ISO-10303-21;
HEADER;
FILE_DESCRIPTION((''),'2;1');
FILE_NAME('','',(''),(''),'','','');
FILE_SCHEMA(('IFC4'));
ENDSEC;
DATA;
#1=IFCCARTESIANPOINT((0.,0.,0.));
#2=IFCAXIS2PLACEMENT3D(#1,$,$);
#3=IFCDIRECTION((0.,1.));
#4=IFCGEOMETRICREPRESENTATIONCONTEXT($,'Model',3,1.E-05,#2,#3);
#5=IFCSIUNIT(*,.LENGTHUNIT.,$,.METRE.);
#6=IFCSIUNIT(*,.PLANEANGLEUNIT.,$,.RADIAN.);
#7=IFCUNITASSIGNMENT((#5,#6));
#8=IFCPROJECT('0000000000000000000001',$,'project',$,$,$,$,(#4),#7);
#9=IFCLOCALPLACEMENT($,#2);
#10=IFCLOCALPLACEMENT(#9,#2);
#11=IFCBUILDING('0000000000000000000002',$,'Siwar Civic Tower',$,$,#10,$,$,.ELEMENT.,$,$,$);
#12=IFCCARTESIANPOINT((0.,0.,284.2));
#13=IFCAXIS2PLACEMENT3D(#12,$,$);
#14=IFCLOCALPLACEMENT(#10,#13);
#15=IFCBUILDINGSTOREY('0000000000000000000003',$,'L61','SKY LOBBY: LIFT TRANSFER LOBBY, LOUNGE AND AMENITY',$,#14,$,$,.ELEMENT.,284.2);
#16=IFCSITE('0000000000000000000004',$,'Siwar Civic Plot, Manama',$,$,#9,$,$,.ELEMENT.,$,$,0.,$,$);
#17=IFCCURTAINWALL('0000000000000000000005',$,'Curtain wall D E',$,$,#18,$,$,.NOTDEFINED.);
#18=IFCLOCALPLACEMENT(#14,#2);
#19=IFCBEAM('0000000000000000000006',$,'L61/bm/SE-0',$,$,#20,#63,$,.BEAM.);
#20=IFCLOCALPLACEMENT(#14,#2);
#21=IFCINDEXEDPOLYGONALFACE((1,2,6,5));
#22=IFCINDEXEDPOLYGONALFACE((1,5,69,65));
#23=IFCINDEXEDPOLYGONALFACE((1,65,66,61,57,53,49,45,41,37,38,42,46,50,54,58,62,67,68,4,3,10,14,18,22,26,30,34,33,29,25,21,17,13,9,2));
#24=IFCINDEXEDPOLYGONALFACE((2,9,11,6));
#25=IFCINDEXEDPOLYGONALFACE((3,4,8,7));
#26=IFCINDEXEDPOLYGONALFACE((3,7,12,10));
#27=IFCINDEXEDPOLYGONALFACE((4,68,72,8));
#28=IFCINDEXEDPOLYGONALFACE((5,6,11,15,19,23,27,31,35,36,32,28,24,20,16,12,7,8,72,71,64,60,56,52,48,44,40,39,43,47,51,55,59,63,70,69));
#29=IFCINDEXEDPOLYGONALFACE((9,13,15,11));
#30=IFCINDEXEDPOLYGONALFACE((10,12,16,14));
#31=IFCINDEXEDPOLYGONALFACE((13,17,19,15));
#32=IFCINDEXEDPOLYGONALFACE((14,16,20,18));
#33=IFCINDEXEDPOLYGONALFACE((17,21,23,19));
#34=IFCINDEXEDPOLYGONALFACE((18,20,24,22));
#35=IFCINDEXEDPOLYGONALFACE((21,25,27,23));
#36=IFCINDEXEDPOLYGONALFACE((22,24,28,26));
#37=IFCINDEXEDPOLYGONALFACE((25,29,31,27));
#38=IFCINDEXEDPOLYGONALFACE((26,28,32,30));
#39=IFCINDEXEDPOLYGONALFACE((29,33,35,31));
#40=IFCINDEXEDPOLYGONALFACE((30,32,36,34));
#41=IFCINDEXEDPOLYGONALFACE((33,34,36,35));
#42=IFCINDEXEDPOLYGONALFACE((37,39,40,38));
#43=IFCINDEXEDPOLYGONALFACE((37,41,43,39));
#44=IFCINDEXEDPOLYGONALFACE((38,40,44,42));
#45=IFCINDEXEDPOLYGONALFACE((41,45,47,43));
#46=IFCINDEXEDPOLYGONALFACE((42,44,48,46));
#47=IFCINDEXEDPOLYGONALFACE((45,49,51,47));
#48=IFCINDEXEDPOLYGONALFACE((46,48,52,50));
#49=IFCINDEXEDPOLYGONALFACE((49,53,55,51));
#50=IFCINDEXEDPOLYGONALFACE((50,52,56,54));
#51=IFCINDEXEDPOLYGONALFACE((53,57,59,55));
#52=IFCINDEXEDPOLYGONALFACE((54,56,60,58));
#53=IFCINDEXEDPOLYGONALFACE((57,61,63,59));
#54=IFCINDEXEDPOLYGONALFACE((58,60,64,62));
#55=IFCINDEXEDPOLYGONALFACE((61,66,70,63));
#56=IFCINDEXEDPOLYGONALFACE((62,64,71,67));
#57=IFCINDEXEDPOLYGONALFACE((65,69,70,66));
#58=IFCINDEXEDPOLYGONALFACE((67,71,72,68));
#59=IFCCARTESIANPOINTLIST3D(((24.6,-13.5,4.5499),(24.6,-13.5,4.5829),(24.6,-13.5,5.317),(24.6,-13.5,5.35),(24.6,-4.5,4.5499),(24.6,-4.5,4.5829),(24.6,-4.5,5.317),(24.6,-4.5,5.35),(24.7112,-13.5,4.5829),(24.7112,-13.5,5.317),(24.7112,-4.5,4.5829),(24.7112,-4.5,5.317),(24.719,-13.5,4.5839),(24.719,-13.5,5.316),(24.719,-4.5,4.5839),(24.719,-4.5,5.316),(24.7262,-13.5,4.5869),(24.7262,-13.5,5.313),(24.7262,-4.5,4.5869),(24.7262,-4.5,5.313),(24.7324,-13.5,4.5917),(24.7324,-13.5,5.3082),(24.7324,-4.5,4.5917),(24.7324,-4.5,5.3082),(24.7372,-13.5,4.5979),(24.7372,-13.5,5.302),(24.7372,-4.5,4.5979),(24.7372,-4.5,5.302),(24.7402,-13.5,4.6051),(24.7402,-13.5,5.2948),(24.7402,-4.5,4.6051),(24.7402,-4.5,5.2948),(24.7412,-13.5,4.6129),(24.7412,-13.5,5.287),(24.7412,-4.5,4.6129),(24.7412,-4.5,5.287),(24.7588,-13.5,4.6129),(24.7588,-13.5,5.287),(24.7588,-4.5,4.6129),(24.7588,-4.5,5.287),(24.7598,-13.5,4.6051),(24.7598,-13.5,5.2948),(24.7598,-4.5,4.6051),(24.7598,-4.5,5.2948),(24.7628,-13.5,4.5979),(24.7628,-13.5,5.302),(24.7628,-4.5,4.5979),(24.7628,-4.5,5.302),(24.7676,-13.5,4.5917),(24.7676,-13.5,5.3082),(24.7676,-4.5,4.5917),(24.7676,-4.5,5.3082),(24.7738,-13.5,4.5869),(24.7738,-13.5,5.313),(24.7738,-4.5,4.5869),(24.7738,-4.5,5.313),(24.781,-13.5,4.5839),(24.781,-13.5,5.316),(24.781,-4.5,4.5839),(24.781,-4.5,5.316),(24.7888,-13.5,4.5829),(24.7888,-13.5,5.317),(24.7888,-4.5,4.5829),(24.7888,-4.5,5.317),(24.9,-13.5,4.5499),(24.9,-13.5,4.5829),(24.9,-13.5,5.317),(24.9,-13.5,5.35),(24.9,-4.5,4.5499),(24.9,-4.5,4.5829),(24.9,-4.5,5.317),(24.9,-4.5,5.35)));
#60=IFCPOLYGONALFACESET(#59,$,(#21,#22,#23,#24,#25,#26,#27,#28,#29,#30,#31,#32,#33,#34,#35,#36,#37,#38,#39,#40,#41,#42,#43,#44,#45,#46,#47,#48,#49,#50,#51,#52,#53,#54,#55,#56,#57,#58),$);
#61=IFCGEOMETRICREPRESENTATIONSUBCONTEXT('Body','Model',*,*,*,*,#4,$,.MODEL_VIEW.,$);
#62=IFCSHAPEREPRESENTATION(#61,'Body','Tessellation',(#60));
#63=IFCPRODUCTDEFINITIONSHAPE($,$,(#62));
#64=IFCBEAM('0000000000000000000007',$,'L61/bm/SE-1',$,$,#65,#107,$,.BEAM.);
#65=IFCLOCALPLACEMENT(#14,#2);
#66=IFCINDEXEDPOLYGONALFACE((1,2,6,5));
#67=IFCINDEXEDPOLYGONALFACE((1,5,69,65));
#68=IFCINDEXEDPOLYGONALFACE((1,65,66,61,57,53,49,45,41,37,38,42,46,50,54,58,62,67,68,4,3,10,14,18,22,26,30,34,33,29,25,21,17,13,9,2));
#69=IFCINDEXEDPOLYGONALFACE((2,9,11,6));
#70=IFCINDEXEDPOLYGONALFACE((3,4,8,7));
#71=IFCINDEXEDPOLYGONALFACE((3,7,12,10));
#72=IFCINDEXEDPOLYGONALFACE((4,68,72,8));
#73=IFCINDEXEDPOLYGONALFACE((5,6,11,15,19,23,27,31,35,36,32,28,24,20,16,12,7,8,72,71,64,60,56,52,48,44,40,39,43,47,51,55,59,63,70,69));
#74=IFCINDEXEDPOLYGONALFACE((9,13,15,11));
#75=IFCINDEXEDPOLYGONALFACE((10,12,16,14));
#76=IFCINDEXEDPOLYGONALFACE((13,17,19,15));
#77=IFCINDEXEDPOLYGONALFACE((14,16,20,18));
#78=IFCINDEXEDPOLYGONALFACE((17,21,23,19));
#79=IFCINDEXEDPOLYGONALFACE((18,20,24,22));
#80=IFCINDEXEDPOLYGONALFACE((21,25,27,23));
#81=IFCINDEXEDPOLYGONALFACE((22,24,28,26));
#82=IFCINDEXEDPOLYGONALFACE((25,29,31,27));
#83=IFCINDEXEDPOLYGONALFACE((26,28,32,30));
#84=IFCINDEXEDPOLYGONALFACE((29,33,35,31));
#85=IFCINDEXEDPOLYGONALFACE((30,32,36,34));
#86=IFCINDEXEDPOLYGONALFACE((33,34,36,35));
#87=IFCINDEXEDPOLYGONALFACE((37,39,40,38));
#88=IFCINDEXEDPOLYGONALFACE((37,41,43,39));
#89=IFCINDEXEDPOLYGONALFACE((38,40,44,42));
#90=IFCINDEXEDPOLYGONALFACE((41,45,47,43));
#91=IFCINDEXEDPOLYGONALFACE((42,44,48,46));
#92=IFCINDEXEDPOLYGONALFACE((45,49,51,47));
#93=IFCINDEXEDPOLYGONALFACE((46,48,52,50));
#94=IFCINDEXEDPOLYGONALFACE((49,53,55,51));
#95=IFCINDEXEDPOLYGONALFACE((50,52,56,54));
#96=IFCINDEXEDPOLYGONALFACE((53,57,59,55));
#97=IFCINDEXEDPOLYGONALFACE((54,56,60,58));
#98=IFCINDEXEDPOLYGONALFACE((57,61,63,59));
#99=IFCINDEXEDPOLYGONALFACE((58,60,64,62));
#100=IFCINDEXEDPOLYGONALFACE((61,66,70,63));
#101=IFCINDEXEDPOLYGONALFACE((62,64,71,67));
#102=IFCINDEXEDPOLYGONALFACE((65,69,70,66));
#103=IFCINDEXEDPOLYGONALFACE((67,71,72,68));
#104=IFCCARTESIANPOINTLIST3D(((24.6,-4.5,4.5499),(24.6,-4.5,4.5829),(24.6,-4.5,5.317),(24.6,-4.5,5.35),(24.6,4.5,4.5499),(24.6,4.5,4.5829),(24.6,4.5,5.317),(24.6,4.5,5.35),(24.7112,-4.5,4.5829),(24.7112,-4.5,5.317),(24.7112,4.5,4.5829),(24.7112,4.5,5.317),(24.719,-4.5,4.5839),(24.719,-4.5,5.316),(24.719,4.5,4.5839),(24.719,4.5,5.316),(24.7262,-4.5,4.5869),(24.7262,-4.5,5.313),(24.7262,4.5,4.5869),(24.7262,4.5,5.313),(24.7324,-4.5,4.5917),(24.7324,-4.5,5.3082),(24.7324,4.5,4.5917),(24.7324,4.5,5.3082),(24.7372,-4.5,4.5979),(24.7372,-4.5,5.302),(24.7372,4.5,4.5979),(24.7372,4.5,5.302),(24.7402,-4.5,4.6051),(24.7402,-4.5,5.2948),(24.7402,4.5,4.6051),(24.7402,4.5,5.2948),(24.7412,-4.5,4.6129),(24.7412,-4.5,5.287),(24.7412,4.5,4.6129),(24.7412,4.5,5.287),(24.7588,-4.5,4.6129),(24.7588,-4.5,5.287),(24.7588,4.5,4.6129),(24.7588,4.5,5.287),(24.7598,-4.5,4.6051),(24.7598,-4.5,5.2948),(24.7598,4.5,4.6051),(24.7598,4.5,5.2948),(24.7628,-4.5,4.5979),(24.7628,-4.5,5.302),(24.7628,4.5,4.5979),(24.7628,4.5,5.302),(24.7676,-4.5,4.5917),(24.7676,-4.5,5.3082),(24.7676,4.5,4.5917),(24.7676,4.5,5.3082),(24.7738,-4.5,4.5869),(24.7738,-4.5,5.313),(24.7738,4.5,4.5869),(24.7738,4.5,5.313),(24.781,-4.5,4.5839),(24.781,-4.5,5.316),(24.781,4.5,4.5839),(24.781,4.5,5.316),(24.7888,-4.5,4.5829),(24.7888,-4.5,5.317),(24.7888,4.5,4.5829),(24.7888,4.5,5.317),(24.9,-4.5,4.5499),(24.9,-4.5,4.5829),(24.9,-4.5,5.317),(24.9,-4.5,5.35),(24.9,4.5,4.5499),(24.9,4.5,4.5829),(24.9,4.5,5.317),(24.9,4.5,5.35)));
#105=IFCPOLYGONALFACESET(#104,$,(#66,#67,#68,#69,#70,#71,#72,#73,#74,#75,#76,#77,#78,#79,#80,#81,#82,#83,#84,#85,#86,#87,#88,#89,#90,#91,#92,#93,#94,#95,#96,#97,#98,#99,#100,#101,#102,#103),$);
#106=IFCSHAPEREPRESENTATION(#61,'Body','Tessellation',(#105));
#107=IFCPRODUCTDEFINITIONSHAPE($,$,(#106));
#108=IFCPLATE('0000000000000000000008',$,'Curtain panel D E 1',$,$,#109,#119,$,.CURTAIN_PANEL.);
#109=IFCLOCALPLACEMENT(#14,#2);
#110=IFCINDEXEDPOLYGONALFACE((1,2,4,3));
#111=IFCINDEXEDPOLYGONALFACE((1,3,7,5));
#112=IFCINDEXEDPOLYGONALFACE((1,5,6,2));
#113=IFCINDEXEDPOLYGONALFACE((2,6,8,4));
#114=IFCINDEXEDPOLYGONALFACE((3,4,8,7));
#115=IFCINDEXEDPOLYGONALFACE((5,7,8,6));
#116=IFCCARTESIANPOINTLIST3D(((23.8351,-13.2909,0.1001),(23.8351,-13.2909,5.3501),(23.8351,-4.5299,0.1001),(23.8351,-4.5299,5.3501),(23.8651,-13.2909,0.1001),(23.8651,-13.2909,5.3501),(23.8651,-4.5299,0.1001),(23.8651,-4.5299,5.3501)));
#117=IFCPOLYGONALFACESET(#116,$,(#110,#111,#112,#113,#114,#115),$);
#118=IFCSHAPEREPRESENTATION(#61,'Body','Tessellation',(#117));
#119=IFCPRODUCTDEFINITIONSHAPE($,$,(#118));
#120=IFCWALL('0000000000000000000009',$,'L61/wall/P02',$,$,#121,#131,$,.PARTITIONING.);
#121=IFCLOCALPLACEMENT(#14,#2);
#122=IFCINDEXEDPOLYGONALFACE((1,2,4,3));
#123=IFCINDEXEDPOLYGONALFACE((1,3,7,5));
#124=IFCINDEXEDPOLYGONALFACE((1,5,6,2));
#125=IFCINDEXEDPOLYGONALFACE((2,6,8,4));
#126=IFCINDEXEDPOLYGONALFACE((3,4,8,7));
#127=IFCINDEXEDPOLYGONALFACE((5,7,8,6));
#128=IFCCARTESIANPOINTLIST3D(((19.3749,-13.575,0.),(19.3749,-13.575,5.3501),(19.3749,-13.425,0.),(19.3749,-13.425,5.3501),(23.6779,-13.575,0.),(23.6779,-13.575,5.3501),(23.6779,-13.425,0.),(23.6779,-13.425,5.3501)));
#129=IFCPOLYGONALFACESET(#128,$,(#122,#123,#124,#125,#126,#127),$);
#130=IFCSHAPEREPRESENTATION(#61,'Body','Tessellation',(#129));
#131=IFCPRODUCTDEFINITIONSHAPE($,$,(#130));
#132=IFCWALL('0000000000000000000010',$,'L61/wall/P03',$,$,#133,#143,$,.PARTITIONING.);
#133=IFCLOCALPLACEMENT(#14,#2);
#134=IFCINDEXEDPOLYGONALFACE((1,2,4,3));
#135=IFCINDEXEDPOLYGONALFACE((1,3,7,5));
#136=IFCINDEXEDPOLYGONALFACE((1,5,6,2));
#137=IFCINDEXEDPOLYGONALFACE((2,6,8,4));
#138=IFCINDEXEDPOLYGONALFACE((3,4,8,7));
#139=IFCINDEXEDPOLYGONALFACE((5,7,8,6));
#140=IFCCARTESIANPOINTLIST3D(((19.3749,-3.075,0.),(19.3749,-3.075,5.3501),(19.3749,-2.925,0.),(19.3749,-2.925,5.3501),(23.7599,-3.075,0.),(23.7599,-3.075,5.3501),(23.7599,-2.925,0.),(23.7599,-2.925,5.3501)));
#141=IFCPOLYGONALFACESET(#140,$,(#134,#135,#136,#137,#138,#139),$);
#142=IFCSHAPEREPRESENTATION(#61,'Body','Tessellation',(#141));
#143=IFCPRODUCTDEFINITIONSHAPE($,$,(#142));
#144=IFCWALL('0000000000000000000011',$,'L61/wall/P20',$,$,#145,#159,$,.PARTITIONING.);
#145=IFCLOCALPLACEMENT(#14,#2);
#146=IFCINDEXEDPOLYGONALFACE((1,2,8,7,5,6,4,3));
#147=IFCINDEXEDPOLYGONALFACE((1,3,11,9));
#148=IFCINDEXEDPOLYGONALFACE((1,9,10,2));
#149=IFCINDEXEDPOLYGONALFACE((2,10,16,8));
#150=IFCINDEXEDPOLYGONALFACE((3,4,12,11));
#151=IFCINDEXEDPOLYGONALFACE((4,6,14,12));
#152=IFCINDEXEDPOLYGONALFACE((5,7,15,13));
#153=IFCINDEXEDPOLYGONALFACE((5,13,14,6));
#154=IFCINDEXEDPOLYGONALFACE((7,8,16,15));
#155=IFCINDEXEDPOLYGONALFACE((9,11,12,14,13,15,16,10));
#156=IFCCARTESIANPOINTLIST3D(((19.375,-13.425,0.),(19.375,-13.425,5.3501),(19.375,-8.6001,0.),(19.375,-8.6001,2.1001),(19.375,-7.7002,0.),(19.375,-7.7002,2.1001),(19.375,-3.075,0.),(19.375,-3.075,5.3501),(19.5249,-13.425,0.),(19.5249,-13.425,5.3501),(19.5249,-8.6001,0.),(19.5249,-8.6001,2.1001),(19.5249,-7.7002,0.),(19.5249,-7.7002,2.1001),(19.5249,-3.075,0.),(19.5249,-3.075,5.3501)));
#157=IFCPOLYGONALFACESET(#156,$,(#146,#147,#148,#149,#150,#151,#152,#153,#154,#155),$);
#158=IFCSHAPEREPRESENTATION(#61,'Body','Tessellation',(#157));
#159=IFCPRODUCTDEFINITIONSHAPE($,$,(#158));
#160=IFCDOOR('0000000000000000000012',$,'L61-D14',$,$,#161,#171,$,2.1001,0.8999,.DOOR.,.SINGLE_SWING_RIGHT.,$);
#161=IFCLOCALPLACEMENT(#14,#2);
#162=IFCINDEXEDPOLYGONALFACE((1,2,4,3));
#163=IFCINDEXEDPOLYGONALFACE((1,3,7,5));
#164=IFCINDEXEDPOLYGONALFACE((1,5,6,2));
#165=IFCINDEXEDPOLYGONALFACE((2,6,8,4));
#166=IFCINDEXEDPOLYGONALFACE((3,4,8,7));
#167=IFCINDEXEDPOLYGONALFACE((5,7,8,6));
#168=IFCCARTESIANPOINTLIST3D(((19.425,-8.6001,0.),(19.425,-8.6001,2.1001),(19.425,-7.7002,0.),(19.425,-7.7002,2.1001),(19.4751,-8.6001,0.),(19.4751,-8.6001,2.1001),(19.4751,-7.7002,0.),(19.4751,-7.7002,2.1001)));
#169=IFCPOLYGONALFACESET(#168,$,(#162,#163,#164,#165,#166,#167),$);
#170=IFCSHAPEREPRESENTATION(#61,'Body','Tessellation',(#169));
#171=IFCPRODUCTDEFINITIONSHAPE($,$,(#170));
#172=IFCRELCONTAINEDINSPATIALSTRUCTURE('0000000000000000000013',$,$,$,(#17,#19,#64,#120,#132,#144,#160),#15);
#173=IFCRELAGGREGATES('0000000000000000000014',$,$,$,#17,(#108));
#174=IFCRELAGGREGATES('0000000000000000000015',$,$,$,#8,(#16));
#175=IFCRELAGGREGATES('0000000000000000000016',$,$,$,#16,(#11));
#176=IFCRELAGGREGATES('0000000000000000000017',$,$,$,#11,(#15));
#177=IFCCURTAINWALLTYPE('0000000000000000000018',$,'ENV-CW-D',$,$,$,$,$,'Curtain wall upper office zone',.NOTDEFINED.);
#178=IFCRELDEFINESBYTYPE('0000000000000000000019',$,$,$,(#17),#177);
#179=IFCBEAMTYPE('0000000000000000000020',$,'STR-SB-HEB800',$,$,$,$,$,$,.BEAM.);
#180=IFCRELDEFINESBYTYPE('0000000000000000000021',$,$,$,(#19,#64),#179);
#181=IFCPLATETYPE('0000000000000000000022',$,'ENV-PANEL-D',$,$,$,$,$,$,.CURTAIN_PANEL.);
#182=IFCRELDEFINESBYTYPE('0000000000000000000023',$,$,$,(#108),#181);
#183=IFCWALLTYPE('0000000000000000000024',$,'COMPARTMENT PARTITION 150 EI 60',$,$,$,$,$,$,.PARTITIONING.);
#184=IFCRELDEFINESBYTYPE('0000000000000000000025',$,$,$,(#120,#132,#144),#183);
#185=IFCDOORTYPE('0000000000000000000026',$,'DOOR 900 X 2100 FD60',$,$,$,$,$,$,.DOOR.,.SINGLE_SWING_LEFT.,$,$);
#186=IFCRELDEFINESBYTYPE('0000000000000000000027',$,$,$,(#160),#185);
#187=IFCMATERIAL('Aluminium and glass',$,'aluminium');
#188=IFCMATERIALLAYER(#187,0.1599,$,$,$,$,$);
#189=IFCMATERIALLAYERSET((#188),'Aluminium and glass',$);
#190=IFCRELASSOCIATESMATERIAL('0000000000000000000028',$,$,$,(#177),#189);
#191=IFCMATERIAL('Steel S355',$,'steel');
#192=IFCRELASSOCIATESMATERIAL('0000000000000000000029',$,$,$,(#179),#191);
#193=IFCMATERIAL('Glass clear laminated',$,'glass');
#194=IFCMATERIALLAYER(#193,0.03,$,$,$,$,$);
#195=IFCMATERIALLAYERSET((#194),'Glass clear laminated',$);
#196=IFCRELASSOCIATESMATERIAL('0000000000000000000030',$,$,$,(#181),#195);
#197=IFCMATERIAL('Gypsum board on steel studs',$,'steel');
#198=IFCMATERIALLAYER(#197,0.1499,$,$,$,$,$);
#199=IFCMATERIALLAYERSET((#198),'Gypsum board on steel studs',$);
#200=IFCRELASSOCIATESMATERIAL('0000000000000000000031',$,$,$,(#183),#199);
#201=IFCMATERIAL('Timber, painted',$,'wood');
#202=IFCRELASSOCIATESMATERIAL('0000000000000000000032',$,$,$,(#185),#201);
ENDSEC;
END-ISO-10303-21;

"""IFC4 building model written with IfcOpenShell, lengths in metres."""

from ifc_helpers import new_model, si_unit, direction, frame, frame_2d, origin, origin_2d, place, context, subcontext, project, spatial, rectangle, i_section, extrude, material, layer, layer_set, material_profile, profile_set, type_object, element, fill, aggregate, save


model = new_model("IFC4")

# Units and contexts
model_context = context("Model", 3, precision=1e-05, world=origin(), true_north=direction((0.0, 1.0)))
body_context = subcontext(model_context, "Body", "Model", "MODEL_VIEW")
ifc_project = project(units=[si_unit("LENGTHUNIT", "METRE"), si_unit("PLANEANGLEUNIT", "RADIAN")], contexts=[model_context])

# Site, building, storey
site_placement = place(None, origin())
site = spatial("IfcSite", under=ifc_project, at=site_placement, Name="Siwar Civic Plot, Manama", CompositionType="ELEMENT", RefElevation=0.0)
building_placement = place(site_placement, origin())
building = spatial("IfcBuilding", under=site, at=building_placement, Name="Siwar Civic Tower", CompositionType="ELEMENT")
storey_placement = place(building_placement, frame((0.0, 0.0, 284.2)))
storey = spatial("IfcBuildingStorey", under=building, at=storey_placement, Name="L61", Description="SKY LOBBY: LIFT TRANSFER LOBBY, LOUNGE AND AMENITY", CompositionType="ELEMENT", Elevation=284.2)

# Curtain wall
ifc_material_1 = material(Name="Aluminium and glass", Category="aluminium")
ifc_layer_1 = layer(ifc_material_1, 0.1599)
ifc_layer_set_1 = layer_set([ifc_layer_1], Name="Aluminium and glass")
curtain_wall_type = type_object("IfcCurtainWallType", Name="ENV-CW-D", ElementType="Curtain wall upper office zone", PredefinedType="NOTDEFINED", material=ifc_layer_set_1)
curtain_wall_placement = place(storey_placement, origin())
curtain_wall = element("IfcCurtainWall", 1, at=curtain_wall_placement, inside=storey, type_object=curtain_wall_type, Name="Curtain wall D E", PredefinedType="NOTDEFINED")

# Beams
ifc_material_2 = material(Name="Steel S355", Category="steel")
ifc_material_profile_1 = material_profile(ifc_material_2, i_section(OverallWidth=0.3, OverallDepth=0.8, WebThickness=0.0176, FlangeThickness=0.033, FilletRadius=0.03, at=origin_2d()), Name="HEB800")
ifc_profile_set_1 = profile_set([ifc_material_profile_1], Name="Steel S355")
beam_type_1 = type_object("IfcBeamType", Name="STR-SB-HEB800", PredefinedType="BEAM", material=ifc_profile_set_1)
for number, where, z_axis, x_axis, name in (
    (2, (24.75, -13.5, 4.95), (0.0, 1.0, 0.0), (-1.0, 0.0, 0.0), "L61/bm/SE-0"),
    (3, (24.75, -4.5, 4.95), (0.0, 1.0, 0.0), (-1.0, 0.0, 0.0), "L61/bm/SE-1"),
):
    element("IfcBeam", number, at=place(storey_placement, frame(where, z_axis=z_axis, x_axis=x_axis)), inside=storey, type_object=beam_type_1, Name=name, PredefinedType="BEAM", context=body_context, shape_type="SweptSolid", body=[
        extrude(i_section(OverallWidth=0.3, OverallDepth=0.8, WebThickness=0.0176, FlangeThickness=0.033, FilletRadius=0.03, at=origin_2d()), origin(), (0.0, 0.0, 1.0), 9.0),
    ])

# Plate
ifc_material_3 = material(Name="Glass clear laminated", Category="glass")
ifc_layer_2 = layer(ifc_material_3, 0.03)
ifc_layer_set_2 = layer_set([ifc_layer_2], Name="Glass clear laminated")
plate_type = type_object("IfcPlateType", Name="ENV-PANEL-D", PredefinedType="CURTAIN_PANEL", material=ifc_layer_set_2)
plate_placement = place(storey_placement, frame((23.8501, -8.9104, 0.1001), z_axis=(0.0, 0.0, 1.0), x_axis=(0.0, 1.0, 0.0)))
plate = element("IfcPlate", 4, at=plate_placement, type_object=plate_type, Name="Curtain panel D E 1", PredefinedType="CURTAIN_PANEL", context=body_context, shape_type="SweptSolid", body=[
    extrude(rectangle(XDim=8.761, YDim=0.03, at=origin_2d()), origin(), (0.0, 0.0, 1.0), 5.25),
])
aggregate(curtain_wall, [plate])

# Walls
ifc_material_4 = material(Name="Gypsum board on steel studs", Category="steel")
ifc_layer_3 = layer(ifc_material_4, 0.1499)
ifc_layer_set_3 = layer_set([ifc_layer_3], Name="Gypsum board on steel studs")
wall_type_1 = type_object("IfcWallType", Name="COMPARTMENT PARTITION 150 EI 60", PredefinedType="PARTITIONING", material=ifc_layer_set_3)
wall_1_placement = place(storey_placement, frame((19.375, -13.5, 0.0), z_axis=(0.0, 0.0, 1.0), x_axis=(1.0, 0.0, 0.0)))
element("IfcWall", 5, at=wall_1_placement, inside=storey, type_object=wall_type_1, Name="L61/wall/P02", PredefinedType="PARTITIONING", context=body_context, shape_type="SweptSolid", body=[
    extrude(rectangle(XDim=4.303, YDim=0.1499, at=frame_2d((2.1514, 0.0))), origin(), (0.0, 0.0, 1.0), 5.3501),
])
wall_2_placement = place(storey_placement, frame((19.375, -3.0, 0.0), z_axis=(0.0, 0.0, 1.0), x_axis=(1.0, 0.0, 0.0)))
element("IfcWall", 6, at=wall_2_placement, inside=storey, type_object=wall_type_1, Name="L61/wall/P03", PredefinedType="PARTITIONING", context=body_context, shape_type="SweptSolid", body=[
    extrude(rectangle(XDim=4.385, YDim=0.1499, at=frame_2d((2.1924, 0.0))), origin(), (0.0, 0.0, 1.0), 5.3501),
])

# Wall, opening, door
wall_3_placement = place(storey_placement, frame((19.45, -13.425, 0.0), z_axis=(0.0, 0.0, 1.0), x_axis=(0.0, 1.0, 0.0)))
wall_3 = element("IfcWall", 7, at=wall_3_placement, inside=storey, type_object=wall_type_1, Name="L61/wall/P20", PredefinedType="PARTITIONING", context=body_context, shape_type="SweptSolid", body=[
    extrude(rectangle(XDim=10.3501, YDim=0.1499, at=frame_2d((5.175, 0.0))), origin(), (0.0, 0.0, 1.0), 5.3501),
])
opening_1_placement = place(wall_3_placement, frame((4.825, 0.0, 0.0)))
opening_1 = element("IfcOpeningElement", 8, at=opening_1_placement, cuts=wall_3, PredefinedType="OPENING", context=body_context, shape_type="SweptSolid", body=[
    extrude(rectangle(XDim=0.8999, YDim=2.1001, at=frame_2d((0.45, 1.05))), frame((0.0, 0.085, 0.0), z_axis=(0.0, -1.0, 0.0), x_axis=(1.0, 0.0, 0.0)), (0.0, 0.0, 1.0), 0.1699),
])
ifc_material_5 = material(Name="Timber, painted", Category="wood")
door_type_1 = type_object("IfcDoorType", Name="DOOR 900 X 2100 FD60", OperationType="SINGLE_SWING_LEFT", PredefinedType="DOOR", material=ifc_material_5)
door_1_placement = place(opening_1_placement, origin())
door_1 = element("IfcDoor", 9, at=door_1_placement, inside=storey, type_object=door_type_1, Name="L61-D14", OperationType="SINGLE_SWING_RIGHT", OverallHeight=2.1001, OverallWidth=0.8999, PredefinedType="DOOR", context=body_context, shape_type="SweptSolid", body=[
    extrude(rectangle(XDim=0.8999, YDim=2.1001, at=frame_2d((0.45, 1.05))), frame((0.0, 0.0249, 0.0), z_axis=(0.0, -1.0, 0.0), x_axis=(1.0, 0.0, 0.0)), (0.0, 0.0, 1.0), 0.05),
])
fill(opening_1, door_1)

save(model, "model.ifc")
